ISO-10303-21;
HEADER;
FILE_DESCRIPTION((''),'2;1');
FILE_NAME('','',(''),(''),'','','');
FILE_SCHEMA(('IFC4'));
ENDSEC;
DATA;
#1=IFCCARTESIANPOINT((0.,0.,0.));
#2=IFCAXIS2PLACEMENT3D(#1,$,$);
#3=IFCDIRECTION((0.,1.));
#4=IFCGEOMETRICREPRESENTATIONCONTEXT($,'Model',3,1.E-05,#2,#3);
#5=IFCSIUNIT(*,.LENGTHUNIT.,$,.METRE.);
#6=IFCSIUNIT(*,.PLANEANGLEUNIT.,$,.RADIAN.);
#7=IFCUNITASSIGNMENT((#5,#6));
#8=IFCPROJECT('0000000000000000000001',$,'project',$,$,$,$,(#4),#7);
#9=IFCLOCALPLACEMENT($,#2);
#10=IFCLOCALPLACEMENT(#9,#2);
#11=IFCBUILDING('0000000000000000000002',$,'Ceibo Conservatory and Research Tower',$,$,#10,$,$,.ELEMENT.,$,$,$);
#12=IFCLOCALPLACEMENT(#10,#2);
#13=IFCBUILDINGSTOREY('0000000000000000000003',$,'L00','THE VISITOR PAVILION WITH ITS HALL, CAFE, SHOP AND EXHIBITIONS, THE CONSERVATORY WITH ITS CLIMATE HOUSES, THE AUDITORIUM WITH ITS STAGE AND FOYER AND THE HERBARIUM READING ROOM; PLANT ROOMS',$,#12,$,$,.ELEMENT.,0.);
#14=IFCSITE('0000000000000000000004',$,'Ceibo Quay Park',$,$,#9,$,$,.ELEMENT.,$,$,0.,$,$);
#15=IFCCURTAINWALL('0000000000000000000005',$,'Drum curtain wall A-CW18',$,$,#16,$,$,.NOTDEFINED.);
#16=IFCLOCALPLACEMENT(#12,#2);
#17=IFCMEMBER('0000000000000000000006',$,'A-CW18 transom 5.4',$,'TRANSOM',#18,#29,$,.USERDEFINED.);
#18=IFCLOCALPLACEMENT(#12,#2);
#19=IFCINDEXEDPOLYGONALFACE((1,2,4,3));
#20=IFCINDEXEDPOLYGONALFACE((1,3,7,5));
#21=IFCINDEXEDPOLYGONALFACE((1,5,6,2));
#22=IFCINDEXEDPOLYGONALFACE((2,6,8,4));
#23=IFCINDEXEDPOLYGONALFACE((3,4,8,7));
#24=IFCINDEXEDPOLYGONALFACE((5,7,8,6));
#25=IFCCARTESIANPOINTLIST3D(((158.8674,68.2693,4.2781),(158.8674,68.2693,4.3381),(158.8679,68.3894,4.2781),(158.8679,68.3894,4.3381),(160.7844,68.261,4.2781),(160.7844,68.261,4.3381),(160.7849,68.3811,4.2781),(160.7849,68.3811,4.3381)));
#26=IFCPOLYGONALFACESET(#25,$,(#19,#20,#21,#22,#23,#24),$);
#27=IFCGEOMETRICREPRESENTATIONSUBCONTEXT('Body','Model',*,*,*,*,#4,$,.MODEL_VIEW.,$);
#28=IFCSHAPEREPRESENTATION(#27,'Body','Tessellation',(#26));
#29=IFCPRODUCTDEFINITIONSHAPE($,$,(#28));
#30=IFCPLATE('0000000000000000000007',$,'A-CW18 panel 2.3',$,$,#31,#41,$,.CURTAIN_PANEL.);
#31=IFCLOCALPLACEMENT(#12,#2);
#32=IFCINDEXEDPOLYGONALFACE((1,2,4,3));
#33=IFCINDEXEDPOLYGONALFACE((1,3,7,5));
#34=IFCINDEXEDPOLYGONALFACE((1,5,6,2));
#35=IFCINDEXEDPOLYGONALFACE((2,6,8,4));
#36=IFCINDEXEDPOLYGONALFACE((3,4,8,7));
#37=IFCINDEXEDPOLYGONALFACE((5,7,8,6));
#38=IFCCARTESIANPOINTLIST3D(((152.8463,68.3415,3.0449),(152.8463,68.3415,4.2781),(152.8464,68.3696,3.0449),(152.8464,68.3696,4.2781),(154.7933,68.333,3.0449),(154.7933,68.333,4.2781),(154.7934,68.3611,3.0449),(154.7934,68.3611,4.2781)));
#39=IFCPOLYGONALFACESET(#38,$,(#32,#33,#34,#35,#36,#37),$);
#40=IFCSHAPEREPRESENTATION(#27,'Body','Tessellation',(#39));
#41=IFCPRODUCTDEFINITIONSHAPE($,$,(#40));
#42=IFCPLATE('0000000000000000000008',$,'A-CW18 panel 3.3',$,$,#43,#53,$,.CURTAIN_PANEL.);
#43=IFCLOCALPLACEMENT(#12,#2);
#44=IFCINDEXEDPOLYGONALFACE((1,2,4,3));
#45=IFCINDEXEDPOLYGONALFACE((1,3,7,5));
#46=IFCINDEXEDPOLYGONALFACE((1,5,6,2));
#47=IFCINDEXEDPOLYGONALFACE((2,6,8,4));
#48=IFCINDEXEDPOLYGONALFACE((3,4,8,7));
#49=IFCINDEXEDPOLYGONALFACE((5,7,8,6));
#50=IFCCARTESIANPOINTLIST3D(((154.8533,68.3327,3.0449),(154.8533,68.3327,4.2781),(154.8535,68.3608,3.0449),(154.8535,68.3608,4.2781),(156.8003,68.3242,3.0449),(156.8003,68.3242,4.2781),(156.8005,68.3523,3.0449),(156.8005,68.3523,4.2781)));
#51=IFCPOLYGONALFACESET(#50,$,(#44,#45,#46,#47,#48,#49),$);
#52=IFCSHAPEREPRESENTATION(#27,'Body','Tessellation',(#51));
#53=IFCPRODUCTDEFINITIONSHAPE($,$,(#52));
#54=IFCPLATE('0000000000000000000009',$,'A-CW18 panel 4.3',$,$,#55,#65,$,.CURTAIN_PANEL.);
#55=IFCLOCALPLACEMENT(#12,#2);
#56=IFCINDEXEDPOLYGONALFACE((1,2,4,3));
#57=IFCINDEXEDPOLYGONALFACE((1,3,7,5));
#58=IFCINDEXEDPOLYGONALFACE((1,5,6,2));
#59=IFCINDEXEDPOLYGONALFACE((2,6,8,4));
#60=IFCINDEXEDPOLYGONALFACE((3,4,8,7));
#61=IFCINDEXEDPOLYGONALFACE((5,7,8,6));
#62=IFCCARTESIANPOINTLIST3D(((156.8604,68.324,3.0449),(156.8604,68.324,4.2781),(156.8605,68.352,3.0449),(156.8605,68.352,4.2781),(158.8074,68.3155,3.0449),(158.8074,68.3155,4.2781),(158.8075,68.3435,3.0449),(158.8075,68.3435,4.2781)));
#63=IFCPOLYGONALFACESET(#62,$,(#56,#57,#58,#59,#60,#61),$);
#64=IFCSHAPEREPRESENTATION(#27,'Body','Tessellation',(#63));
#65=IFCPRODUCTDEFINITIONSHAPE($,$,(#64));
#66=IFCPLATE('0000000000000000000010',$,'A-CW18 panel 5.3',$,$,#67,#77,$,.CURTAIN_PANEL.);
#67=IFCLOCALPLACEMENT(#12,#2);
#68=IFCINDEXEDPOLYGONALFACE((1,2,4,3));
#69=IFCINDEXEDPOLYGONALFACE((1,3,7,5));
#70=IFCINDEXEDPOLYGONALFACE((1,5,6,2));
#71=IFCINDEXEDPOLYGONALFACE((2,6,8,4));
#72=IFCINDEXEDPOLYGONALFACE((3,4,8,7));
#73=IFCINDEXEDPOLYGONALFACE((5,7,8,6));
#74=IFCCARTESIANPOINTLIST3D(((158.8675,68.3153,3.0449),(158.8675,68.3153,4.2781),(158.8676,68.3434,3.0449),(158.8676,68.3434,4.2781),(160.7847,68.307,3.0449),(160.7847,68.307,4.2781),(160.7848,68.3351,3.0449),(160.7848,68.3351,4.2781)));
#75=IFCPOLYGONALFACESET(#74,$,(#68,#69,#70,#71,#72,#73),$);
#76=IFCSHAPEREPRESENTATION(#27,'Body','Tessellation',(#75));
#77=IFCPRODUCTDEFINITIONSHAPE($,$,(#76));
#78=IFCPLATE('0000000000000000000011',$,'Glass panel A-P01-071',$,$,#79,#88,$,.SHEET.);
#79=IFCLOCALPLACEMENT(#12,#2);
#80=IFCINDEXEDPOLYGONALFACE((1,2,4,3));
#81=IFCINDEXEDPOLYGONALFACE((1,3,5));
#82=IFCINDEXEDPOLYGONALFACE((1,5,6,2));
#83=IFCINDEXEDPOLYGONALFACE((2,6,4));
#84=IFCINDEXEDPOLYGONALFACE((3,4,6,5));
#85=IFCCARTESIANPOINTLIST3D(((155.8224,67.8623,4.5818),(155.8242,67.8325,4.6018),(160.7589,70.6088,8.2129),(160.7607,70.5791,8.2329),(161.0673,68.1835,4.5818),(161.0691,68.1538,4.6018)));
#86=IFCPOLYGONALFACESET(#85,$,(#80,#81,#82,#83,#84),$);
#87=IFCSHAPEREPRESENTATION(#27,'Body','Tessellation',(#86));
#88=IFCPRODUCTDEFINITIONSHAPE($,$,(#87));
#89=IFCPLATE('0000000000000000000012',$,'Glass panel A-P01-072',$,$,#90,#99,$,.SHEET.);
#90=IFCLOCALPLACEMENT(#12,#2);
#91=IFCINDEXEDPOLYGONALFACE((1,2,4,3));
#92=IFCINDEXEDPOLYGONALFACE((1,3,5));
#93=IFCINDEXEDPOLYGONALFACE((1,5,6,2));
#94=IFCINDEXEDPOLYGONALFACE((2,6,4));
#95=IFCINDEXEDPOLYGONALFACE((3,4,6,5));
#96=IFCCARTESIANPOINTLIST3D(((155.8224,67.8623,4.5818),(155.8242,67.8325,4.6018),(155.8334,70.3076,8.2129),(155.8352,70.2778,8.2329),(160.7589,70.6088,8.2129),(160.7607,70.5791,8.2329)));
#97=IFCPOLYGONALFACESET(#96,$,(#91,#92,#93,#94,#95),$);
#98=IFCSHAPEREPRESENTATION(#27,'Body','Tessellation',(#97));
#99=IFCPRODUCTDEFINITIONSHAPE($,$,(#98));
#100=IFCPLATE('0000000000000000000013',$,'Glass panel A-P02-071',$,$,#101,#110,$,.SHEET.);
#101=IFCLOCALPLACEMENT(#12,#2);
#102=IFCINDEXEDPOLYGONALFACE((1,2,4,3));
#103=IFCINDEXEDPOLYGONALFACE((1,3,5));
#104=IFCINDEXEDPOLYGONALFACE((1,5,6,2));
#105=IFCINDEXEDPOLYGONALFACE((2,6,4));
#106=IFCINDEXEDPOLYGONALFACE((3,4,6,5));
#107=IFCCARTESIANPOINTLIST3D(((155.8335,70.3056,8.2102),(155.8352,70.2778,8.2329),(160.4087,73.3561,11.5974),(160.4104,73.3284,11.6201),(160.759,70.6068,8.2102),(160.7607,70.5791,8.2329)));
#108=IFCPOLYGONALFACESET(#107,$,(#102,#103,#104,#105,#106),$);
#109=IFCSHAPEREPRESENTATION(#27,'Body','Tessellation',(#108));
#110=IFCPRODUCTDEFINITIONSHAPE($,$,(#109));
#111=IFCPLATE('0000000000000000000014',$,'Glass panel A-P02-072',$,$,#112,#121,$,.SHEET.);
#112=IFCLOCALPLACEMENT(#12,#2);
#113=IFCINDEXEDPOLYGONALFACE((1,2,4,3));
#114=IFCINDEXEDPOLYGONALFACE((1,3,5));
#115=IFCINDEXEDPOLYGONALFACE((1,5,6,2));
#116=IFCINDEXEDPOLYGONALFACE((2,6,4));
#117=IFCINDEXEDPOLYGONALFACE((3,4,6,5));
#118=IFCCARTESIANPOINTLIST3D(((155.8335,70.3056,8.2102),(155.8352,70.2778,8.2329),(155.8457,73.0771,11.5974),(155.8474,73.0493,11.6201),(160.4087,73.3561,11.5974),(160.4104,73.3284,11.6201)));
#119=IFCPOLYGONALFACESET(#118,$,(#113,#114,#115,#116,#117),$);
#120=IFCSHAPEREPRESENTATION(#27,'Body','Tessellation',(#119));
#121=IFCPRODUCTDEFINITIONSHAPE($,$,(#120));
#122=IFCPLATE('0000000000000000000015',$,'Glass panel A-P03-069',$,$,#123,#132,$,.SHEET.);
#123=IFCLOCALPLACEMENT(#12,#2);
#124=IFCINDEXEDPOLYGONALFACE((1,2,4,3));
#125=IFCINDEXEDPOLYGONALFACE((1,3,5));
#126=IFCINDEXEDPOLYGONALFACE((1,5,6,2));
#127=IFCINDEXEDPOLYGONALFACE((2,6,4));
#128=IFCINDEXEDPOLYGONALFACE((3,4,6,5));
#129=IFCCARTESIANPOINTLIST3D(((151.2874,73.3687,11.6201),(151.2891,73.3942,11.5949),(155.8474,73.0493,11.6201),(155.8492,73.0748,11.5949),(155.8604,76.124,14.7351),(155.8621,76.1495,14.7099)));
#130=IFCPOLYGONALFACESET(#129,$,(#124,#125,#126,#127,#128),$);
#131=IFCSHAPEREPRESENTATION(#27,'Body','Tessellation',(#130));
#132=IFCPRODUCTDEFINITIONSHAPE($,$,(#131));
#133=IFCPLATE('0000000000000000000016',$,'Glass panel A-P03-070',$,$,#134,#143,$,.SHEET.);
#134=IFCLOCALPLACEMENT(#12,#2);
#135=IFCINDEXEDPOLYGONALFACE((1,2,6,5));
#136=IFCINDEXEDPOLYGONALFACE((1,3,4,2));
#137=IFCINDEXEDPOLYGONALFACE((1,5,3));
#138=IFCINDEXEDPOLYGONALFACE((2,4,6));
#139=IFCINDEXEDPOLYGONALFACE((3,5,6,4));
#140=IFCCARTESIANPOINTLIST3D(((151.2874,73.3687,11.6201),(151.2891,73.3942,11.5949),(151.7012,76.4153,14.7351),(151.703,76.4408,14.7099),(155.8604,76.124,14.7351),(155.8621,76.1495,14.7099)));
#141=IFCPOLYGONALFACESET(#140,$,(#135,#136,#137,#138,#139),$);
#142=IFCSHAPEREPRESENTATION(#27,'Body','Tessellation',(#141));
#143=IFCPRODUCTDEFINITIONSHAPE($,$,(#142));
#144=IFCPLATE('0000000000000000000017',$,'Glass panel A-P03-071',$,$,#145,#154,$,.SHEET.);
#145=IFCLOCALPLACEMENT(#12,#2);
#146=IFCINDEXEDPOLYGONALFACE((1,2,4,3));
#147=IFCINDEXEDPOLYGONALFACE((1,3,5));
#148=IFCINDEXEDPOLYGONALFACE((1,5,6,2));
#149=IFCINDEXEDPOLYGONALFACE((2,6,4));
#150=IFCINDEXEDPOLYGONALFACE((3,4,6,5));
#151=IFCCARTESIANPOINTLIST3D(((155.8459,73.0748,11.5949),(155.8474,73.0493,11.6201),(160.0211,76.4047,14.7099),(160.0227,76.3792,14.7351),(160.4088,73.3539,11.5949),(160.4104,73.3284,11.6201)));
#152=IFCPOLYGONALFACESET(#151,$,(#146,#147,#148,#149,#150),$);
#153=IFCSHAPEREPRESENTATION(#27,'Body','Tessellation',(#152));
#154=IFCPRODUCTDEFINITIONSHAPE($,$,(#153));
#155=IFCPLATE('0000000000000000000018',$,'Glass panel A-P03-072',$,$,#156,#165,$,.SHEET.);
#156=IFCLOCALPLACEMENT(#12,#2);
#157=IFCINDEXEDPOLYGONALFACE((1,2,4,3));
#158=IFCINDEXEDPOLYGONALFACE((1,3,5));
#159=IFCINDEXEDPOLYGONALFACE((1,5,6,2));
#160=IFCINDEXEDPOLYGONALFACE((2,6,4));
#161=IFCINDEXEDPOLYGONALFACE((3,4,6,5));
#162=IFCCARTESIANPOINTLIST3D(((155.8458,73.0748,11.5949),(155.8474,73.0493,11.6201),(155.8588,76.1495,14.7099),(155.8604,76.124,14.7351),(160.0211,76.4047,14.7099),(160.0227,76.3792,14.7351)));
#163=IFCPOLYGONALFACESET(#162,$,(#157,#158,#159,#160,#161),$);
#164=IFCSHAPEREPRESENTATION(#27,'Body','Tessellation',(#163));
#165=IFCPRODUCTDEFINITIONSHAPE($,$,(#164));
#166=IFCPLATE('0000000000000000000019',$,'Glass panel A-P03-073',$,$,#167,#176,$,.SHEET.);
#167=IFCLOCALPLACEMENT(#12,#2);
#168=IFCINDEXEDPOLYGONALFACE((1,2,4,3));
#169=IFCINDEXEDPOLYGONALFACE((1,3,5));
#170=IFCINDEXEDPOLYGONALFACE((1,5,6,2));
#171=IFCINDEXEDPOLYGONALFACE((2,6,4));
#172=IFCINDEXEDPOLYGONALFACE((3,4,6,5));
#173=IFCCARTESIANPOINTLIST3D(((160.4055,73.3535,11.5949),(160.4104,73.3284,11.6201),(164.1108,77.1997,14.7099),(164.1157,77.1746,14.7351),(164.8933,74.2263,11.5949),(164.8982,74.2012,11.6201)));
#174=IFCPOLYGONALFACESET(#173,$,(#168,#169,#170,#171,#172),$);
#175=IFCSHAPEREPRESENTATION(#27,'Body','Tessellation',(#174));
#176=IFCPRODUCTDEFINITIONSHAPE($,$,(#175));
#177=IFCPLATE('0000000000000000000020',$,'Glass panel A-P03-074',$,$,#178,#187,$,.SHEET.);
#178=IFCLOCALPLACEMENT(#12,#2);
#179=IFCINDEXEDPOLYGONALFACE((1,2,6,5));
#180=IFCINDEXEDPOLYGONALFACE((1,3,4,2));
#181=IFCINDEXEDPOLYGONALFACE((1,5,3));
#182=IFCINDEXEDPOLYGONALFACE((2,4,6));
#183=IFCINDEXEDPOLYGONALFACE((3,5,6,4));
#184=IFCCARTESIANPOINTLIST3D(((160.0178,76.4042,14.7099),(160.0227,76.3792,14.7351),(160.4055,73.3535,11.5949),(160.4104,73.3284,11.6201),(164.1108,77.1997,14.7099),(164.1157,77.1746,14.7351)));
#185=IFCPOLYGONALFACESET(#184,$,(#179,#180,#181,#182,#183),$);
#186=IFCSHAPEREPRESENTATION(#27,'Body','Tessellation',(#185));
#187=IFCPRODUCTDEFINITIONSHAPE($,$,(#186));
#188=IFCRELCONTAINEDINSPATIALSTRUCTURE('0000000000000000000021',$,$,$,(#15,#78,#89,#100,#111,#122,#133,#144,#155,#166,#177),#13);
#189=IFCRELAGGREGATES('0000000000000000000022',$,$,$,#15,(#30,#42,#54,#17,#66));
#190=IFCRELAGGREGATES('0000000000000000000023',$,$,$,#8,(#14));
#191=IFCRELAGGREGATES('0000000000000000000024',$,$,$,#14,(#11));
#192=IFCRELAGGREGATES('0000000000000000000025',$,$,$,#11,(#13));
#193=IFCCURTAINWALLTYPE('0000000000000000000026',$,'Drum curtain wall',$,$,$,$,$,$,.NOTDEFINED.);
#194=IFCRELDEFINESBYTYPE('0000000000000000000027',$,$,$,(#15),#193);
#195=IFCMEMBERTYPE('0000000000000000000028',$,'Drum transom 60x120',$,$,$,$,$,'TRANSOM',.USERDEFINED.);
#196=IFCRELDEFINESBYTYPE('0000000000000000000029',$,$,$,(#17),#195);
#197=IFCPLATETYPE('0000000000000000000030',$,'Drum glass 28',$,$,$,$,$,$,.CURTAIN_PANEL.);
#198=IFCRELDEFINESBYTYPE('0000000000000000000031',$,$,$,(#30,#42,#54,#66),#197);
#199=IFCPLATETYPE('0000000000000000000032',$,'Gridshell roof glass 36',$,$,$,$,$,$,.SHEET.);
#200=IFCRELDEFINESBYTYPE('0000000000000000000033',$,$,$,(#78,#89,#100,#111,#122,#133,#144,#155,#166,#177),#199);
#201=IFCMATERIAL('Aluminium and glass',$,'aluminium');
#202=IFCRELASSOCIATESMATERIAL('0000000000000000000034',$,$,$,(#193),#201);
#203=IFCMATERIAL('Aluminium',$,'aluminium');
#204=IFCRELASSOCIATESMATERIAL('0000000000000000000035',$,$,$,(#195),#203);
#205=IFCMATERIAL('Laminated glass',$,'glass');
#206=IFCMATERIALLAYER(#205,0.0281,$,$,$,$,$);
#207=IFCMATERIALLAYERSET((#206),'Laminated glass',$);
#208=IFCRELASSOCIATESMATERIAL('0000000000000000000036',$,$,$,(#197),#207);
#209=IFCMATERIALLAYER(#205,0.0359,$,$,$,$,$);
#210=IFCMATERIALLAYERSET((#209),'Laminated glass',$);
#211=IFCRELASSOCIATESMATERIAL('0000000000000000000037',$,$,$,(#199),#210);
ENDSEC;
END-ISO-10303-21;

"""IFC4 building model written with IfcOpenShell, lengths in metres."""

from ifc_helpers import new_model, si_unit, direction, frame, origin, origin_2d, place, context, subcontext, project, spatial, polyline, rectangle, outline, extrude, material, layer, layer_set, material_profile, profile_set, type_object, element, aggregate, save


model = new_model("IFC4")

# Units and contexts
model_context = context("Model", 3, precision=1e-05, world=origin(), true_north=direction((0.0, 1.0)))
body_context = subcontext(model_context, "Body", "Model", "MODEL_VIEW")
ifc_project = project(units=[si_unit("LENGTHUNIT", "METRE"), si_unit("PLANEANGLEUNIT", "RADIAN")], contexts=[model_context])

# Site, building, storey
site_placement = place(None, origin())
site = spatial("IfcSite", under=ifc_project, at=site_placement, Name="Ceibo Quay Park", CompositionType="ELEMENT", RefElevation=0.0)
building_placement = place(site_placement, origin())
building = spatial("IfcBuilding", under=site, at=building_placement, Name="Ceibo Conservatory and Research Tower", CompositionType="ELEMENT")
storey_placement = place(building_placement, origin())
storey = spatial("IfcBuildingStorey", under=building, at=storey_placement, Name="L00", Description="THE VISITOR PAVILION WITH ITS HALL, CAFE, SHOP AND EXHIBITIONS, THE CONSERVATORY WITH ITS CLIMATE HOUSES, THE AUDITORIUM WITH ITS STAGE AND FOYER AND THE HERBARIUM READING ROOM; PLANT ROOMS", CompositionType="ELEMENT", Elevation=0.0)

# Curtain wall, member, plates
ifc_material_1 = material(Name="Aluminium and glass", Category="aluminium")
curtain_wall_type = type_object("IfcCurtainWallType", Name="Drum curtain wall", PredefinedType="NOTDEFINED", material=ifc_material_1)
curtain_wall_placement = place(storey_placement, origin())
curtain_wall = element("IfcCurtainWall", 1, at=curtain_wall_placement, inside=storey, type_object=curtain_wall_type, Name="Drum curtain wall A-CW18", PredefinedType="NOTDEFINED")
ifc_material_2 = material(Name="Aluminium", Category="aluminium")
ifc_material_profile_1 = material_profile(ifc_material_2, rectangle(XDim=0.1201, YDim=0.0601, at=origin_2d()), Name="AL 60x120")
ifc_profile_set_1 = profile_set([ifc_material_profile_1], Name="Aluminium")
member_type_1 = type_object("IfcMemberType", Name="Drum transom 60x120", ElementType="TRANSOM", PredefinedType="USERDEFINED", material=ifc_profile_set_1)
member_1_placement = place(storey_placement, frame((158.8677, 68.3293, 4.3081), z_axis=(0.999991, -0.00433, 0.0), x_axis=(0.00433, 0.999991, 0.0)))
member_1 = element("IfcMember", 2, at=member_1_placement, type_object=member_type_1, Name="A-CW18 transom 5.4", ObjectType="TRANSOM", PredefinedType="USERDEFINED", context=body_context, shape_type="SweptSolid", body=[
    extrude(rectangle(XDim=0.1201, YDim=0.0601, at=origin_2d()), origin(), (0.0, 0.0, 1.0), 1.917),
])
ifc_material_3 = material(Name="Laminated glass", Category="glass")
ifc_layer_1 = layer(ifc_material_3, 0.0281)
ifc_layer_set_1 = layer_set([ifc_layer_1], Name="Laminated glass")
plate_type_1 = type_object("IfcPlateType", Name="Drum glass 28", PredefinedType="CURTAIN_PANEL", material=ifc_layer_set_1)
plate_1_placement = place(storey_placement, frame((153.8198, 68.3513, 3.0449), z_axis=(0.0, 0.0, 1.0), x_axis=(0.99999, -0.004363, 0.0)))
plate_1 = element("IfcPlate", 3, at=plate_1_placement, type_object=plate_type_1, Name="A-CW18 panel 2.3", PredefinedType="CURTAIN_PANEL", context=body_context, shape_type="SweptSolid", body=[
    extrude(rectangle(XDim=1.947, YDim=0.0281, at=origin_2d()), origin(), (0.0, 0.0, 1.0), 1.2332),
])
plate_2_placement = place(storey_placement, frame((155.8269, 68.3425, 3.0449), z_axis=(0.0, 0.0, 1.0), x_axis=(0.99999, -0.004363, 0.0)))
plate_2 = element("IfcPlate", 4, at=plate_2_placement, type_object=plate_type_1, Name="A-CW18 panel 3.3", PredefinedType="CURTAIN_PANEL", context=body_context, shape_type="SweptSolid", body=[
    extrude(rectangle(XDim=1.947, YDim=0.0281, at=origin_2d()), origin(), (0.0, 0.0, 1.0), 1.2332),
])
plate_3_placement = place(storey_placement, frame((157.834, 68.3337, 3.0449), z_axis=(0.0, 0.0, 1.0), x_axis=(0.99999, -0.004363, 0.0)))
plate_3 = element("IfcPlate", 5, at=plate_3_placement, type_object=plate_type_1, Name="A-CW18 panel 4.3", PredefinedType="CURTAIN_PANEL", context=body_context, shape_type="SweptSolid", body=[
    extrude(rectangle(XDim=1.947, YDim=0.0281, at=origin_2d()), origin(), (0.0, 0.0, 1.0), 1.2332),
])
plate_4_placement = place(storey_placement, frame((159.8262, 68.3252, 3.0449), z_axis=(0.0, 0.0, 1.0), x_axis=(0.99999, -0.004363, 0.0)))
plate_4 = element("IfcPlate", 6, at=plate_4_placement, type_object=plate_type_1, Name="A-CW18 panel 5.3", PredefinedType="CURTAIN_PANEL", context=body_context, shape_type="SweptSolid", body=[
    extrude(rectangle(XDim=1.9172, YDim=0.0281, at=origin_2d()), origin(), (0.0, 0.0, 1.0), 1.2332),
])
aggregate(curtain_wall, [plate_1, plate_2, plate_3, member_1, plate_4])

# Plates
ifc_layer_2 = layer(ifc_material_3, 0.0359)
ifc_layer_set_2 = layer_set([ifc_layer_2], Name="Laminated glass")
plate_type_2 = type_object("IfcPlateType", Name="Gridshell roof glass 36", PredefinedType="SHEET", material=ifc_layer_set_2)
plate_5_placement = place(storey_placement, frame((155.8242, 67.8325, 4.6018), z_axis=(0.050752, -0.828501, 0.557683), x_axis=(0.998129, 0.061143, 0.0)))
element("IfcPlate", 7, at=plate_5_placement, inside=storey, type_object=plate_type_2, Name="Glass panel A-P01-071", PredefinedType="SHEET", context=body_context, shape_type="SweptSolid", body=[
    extrude(outline(polyline([(0.0, 0.0), (5.2547, 0.0), (5.0952, 4.3745), (0.0, 0.0)])), origin(), (0.0, 0.0, -1.0), 0.0359),
])
plate_6_placement = place(storey_placement, frame((155.8242, 67.8325, 4.6018), z_axis=(0.050672, -0.828456, 0.557758), x_axis=(0.735094, 0.408992, 0.540705)))
element("IfcPlate", 8, at=plate_6_placement, inside=storey, type_object=plate_type_2, Name="Glass panel A-P01-072", PredefinedType="SHEET", context=body_context, shape_type="SweptSolid", body=[
    extrude(outline(polyline([(0.0, 0.0), (6.7155, 0.0), (2.9715, 3.2147), (0.0, 0.0)])), origin(), (0.0, 0.0, -1.0), 0.0359),
])
plate_7_placement = place(storey_placement, frame((155.8352, 70.2778, 8.2329), z_axis=(0.04729, -0.773165, 0.63244), x_axis=(0.998135, 0.061051, 0.0)))
element("IfcPlate", 9, at=plate_7_placement, inside=storey, type_object=plate_type_2, Name="Glass panel A-P02-071", PredefinedType="SHEET", context=body_context, shape_type="SweptSolid", body=[
    extrude(outline(polyline([(0.0, 0.0), (4.9347, 0.0), (4.7529, 4.3728), (0.0, 0.0)])), origin(), (0.0, 0.0, -1.0), 0.0359),
])
plate_8_placement = place(storey_placement, frame((155.8352, 70.2778, 8.2329), z_axis=(0.047283, -0.77316, 0.632446), x_axis=(0.708406, 0.472334, 0.524463)))
element("IfcPlate", 10, at=plate_8_placement, inside=storey, type_object=plate_type_2, Name="Glass panel A-P02-072", PredefinedType="SHEET", context=body_context, shape_type="SweptSolid", body=[
    extrude(outline(polyline([(0.0, 0.0), (6.4584, 0.0), (3.0942, 3.0952), (0.0, 0.0)])), origin(), (0.0, 0.0, -1.0), 0.0359),
])
plate_9_placement = place(storey_placement, frame((151.2874, 73.3687, 11.6201), z_axis=(-0.04977, -0.710708, 0.701724), x_axis=(0.997557, -0.069858, 0.0)))
element("IfcPlate", 11, at=plate_9_placement, inside=storey, type_object=plate_type_2, Name="Glass panel A-P03-069", PredefinedType="SHEET", context=body_context, shape_type="SweptSolid", body=[
    extrude(outline(polyline([(0.0, 0.0), (4.5712, 0.0), (4.3693, 4.3722), (0.0, 0.0)])), origin(), (0.0, 0.0, -1.0), 0.0359),
])
plate_10_placement = place(storey_placement, frame((151.2874, 73.3687, 11.6201), z_axis=(-0.04977, -0.710709, 0.701724), x_axis=(0.739821, 0.445765, 0.503944)))
element("IfcPlate", 12, at=plate_10_placement, inside=storey, type_object=plate_type_2, Name="Glass panel A-P03-070", PredefinedType="SHEET", context=body_context, shape_type="SweptSolid", body=[
    extrude(outline(polyline([(0.0, 0.0), (6.1812, 0.0), (3.234, 2.9492), (0.0, 0.0)])), origin(), (0.0, 0.0, -1.0), 0.0359),
])
plate_11_placement = place(storey_placement, frame((155.8474, 73.0493, 11.6201), z_axis=(0.043484, -0.711045, 0.701801), x_axis=(0.998135, 0.061042, 0.0)))
element("IfcPlate", 13, at=plate_11_placement, inside=storey, type_object=plate_type_2, Name="Glass panel A-P03-071", PredefinedType="SHEET", context=body_context, shape_type="SweptSolid", body=[
    extrude(outline(polyline([(0.0, 0.0), (4.5715, 0.0), (4.3708, 4.3727), (0.0, 0.0)])), origin(), (0.0, 0.0, -1.0), 0.0359),
])
plate_12_placement = place(storey_placement, frame((155.8474, 73.0493, 11.6201), z_axis=(0.043587, -0.711108, 0.701731), x_axis=(0.675334, 0.538585, 0.503835)))
element("IfcPlate", 14, at=plate_12_placement, inside=storey, type_object=plate_type_2, Name="Glass panel A-P03-072", PredefinedType="SHEET", context=body_context, shape_type="SweptSolid", body=[
    extrude(outline(polyline([(0.0, 0.0), (6.1826, 0.0), (3.2342, 2.9491), (0.0, 0.0)])), origin(), (0.0, 0.0, -1.0), 0.0359),
])
plate_13_placement = place(storey_placement, frame((160.4104, 73.3284, 11.6201), z_axis=(0.136012, -0.699348, 0.701722), x_axis=(0.981608, 0.190907, 0.0)))
element("IfcPlate", 15, at=plate_13_placement, inside=storey, type_object=plate_type_2, Name="Glass panel A-P03-073", PredefinedType="SHEET", context=body_context, shape_type="SweptSolid", body=[
    extrude(outline(polyline([(0.0, 0.0), (4.5719, 0.0), (4.3714, 4.3722), (0.0, 0.0)])), origin(), (0.0, 0.0, -1.0), 0.0359),
])
plate_14_placement = place(storey_placement, frame((160.4104, 73.3284, 11.6201), z_axis=(0.135897, -0.699296, 0.701796), x_axis=(0.599305, 0.622089, 0.503824)))
element("IfcPlate", 16, at=plate_14_placement, inside=storey, type_object=plate_type_2, Name="Glass panel A-P03-074", PredefinedType="SHEET", context=body_context, shape_type="SweptSolid", body=[
    extrude(outline(polyline([(0.0, 0.0), (6.1827, 0.0), (3.2349, 2.9489), (0.0, 0.0)])), origin(), (0.0, 0.0, -1.0), 0.0359),
])

save(model, "model.ifc")
